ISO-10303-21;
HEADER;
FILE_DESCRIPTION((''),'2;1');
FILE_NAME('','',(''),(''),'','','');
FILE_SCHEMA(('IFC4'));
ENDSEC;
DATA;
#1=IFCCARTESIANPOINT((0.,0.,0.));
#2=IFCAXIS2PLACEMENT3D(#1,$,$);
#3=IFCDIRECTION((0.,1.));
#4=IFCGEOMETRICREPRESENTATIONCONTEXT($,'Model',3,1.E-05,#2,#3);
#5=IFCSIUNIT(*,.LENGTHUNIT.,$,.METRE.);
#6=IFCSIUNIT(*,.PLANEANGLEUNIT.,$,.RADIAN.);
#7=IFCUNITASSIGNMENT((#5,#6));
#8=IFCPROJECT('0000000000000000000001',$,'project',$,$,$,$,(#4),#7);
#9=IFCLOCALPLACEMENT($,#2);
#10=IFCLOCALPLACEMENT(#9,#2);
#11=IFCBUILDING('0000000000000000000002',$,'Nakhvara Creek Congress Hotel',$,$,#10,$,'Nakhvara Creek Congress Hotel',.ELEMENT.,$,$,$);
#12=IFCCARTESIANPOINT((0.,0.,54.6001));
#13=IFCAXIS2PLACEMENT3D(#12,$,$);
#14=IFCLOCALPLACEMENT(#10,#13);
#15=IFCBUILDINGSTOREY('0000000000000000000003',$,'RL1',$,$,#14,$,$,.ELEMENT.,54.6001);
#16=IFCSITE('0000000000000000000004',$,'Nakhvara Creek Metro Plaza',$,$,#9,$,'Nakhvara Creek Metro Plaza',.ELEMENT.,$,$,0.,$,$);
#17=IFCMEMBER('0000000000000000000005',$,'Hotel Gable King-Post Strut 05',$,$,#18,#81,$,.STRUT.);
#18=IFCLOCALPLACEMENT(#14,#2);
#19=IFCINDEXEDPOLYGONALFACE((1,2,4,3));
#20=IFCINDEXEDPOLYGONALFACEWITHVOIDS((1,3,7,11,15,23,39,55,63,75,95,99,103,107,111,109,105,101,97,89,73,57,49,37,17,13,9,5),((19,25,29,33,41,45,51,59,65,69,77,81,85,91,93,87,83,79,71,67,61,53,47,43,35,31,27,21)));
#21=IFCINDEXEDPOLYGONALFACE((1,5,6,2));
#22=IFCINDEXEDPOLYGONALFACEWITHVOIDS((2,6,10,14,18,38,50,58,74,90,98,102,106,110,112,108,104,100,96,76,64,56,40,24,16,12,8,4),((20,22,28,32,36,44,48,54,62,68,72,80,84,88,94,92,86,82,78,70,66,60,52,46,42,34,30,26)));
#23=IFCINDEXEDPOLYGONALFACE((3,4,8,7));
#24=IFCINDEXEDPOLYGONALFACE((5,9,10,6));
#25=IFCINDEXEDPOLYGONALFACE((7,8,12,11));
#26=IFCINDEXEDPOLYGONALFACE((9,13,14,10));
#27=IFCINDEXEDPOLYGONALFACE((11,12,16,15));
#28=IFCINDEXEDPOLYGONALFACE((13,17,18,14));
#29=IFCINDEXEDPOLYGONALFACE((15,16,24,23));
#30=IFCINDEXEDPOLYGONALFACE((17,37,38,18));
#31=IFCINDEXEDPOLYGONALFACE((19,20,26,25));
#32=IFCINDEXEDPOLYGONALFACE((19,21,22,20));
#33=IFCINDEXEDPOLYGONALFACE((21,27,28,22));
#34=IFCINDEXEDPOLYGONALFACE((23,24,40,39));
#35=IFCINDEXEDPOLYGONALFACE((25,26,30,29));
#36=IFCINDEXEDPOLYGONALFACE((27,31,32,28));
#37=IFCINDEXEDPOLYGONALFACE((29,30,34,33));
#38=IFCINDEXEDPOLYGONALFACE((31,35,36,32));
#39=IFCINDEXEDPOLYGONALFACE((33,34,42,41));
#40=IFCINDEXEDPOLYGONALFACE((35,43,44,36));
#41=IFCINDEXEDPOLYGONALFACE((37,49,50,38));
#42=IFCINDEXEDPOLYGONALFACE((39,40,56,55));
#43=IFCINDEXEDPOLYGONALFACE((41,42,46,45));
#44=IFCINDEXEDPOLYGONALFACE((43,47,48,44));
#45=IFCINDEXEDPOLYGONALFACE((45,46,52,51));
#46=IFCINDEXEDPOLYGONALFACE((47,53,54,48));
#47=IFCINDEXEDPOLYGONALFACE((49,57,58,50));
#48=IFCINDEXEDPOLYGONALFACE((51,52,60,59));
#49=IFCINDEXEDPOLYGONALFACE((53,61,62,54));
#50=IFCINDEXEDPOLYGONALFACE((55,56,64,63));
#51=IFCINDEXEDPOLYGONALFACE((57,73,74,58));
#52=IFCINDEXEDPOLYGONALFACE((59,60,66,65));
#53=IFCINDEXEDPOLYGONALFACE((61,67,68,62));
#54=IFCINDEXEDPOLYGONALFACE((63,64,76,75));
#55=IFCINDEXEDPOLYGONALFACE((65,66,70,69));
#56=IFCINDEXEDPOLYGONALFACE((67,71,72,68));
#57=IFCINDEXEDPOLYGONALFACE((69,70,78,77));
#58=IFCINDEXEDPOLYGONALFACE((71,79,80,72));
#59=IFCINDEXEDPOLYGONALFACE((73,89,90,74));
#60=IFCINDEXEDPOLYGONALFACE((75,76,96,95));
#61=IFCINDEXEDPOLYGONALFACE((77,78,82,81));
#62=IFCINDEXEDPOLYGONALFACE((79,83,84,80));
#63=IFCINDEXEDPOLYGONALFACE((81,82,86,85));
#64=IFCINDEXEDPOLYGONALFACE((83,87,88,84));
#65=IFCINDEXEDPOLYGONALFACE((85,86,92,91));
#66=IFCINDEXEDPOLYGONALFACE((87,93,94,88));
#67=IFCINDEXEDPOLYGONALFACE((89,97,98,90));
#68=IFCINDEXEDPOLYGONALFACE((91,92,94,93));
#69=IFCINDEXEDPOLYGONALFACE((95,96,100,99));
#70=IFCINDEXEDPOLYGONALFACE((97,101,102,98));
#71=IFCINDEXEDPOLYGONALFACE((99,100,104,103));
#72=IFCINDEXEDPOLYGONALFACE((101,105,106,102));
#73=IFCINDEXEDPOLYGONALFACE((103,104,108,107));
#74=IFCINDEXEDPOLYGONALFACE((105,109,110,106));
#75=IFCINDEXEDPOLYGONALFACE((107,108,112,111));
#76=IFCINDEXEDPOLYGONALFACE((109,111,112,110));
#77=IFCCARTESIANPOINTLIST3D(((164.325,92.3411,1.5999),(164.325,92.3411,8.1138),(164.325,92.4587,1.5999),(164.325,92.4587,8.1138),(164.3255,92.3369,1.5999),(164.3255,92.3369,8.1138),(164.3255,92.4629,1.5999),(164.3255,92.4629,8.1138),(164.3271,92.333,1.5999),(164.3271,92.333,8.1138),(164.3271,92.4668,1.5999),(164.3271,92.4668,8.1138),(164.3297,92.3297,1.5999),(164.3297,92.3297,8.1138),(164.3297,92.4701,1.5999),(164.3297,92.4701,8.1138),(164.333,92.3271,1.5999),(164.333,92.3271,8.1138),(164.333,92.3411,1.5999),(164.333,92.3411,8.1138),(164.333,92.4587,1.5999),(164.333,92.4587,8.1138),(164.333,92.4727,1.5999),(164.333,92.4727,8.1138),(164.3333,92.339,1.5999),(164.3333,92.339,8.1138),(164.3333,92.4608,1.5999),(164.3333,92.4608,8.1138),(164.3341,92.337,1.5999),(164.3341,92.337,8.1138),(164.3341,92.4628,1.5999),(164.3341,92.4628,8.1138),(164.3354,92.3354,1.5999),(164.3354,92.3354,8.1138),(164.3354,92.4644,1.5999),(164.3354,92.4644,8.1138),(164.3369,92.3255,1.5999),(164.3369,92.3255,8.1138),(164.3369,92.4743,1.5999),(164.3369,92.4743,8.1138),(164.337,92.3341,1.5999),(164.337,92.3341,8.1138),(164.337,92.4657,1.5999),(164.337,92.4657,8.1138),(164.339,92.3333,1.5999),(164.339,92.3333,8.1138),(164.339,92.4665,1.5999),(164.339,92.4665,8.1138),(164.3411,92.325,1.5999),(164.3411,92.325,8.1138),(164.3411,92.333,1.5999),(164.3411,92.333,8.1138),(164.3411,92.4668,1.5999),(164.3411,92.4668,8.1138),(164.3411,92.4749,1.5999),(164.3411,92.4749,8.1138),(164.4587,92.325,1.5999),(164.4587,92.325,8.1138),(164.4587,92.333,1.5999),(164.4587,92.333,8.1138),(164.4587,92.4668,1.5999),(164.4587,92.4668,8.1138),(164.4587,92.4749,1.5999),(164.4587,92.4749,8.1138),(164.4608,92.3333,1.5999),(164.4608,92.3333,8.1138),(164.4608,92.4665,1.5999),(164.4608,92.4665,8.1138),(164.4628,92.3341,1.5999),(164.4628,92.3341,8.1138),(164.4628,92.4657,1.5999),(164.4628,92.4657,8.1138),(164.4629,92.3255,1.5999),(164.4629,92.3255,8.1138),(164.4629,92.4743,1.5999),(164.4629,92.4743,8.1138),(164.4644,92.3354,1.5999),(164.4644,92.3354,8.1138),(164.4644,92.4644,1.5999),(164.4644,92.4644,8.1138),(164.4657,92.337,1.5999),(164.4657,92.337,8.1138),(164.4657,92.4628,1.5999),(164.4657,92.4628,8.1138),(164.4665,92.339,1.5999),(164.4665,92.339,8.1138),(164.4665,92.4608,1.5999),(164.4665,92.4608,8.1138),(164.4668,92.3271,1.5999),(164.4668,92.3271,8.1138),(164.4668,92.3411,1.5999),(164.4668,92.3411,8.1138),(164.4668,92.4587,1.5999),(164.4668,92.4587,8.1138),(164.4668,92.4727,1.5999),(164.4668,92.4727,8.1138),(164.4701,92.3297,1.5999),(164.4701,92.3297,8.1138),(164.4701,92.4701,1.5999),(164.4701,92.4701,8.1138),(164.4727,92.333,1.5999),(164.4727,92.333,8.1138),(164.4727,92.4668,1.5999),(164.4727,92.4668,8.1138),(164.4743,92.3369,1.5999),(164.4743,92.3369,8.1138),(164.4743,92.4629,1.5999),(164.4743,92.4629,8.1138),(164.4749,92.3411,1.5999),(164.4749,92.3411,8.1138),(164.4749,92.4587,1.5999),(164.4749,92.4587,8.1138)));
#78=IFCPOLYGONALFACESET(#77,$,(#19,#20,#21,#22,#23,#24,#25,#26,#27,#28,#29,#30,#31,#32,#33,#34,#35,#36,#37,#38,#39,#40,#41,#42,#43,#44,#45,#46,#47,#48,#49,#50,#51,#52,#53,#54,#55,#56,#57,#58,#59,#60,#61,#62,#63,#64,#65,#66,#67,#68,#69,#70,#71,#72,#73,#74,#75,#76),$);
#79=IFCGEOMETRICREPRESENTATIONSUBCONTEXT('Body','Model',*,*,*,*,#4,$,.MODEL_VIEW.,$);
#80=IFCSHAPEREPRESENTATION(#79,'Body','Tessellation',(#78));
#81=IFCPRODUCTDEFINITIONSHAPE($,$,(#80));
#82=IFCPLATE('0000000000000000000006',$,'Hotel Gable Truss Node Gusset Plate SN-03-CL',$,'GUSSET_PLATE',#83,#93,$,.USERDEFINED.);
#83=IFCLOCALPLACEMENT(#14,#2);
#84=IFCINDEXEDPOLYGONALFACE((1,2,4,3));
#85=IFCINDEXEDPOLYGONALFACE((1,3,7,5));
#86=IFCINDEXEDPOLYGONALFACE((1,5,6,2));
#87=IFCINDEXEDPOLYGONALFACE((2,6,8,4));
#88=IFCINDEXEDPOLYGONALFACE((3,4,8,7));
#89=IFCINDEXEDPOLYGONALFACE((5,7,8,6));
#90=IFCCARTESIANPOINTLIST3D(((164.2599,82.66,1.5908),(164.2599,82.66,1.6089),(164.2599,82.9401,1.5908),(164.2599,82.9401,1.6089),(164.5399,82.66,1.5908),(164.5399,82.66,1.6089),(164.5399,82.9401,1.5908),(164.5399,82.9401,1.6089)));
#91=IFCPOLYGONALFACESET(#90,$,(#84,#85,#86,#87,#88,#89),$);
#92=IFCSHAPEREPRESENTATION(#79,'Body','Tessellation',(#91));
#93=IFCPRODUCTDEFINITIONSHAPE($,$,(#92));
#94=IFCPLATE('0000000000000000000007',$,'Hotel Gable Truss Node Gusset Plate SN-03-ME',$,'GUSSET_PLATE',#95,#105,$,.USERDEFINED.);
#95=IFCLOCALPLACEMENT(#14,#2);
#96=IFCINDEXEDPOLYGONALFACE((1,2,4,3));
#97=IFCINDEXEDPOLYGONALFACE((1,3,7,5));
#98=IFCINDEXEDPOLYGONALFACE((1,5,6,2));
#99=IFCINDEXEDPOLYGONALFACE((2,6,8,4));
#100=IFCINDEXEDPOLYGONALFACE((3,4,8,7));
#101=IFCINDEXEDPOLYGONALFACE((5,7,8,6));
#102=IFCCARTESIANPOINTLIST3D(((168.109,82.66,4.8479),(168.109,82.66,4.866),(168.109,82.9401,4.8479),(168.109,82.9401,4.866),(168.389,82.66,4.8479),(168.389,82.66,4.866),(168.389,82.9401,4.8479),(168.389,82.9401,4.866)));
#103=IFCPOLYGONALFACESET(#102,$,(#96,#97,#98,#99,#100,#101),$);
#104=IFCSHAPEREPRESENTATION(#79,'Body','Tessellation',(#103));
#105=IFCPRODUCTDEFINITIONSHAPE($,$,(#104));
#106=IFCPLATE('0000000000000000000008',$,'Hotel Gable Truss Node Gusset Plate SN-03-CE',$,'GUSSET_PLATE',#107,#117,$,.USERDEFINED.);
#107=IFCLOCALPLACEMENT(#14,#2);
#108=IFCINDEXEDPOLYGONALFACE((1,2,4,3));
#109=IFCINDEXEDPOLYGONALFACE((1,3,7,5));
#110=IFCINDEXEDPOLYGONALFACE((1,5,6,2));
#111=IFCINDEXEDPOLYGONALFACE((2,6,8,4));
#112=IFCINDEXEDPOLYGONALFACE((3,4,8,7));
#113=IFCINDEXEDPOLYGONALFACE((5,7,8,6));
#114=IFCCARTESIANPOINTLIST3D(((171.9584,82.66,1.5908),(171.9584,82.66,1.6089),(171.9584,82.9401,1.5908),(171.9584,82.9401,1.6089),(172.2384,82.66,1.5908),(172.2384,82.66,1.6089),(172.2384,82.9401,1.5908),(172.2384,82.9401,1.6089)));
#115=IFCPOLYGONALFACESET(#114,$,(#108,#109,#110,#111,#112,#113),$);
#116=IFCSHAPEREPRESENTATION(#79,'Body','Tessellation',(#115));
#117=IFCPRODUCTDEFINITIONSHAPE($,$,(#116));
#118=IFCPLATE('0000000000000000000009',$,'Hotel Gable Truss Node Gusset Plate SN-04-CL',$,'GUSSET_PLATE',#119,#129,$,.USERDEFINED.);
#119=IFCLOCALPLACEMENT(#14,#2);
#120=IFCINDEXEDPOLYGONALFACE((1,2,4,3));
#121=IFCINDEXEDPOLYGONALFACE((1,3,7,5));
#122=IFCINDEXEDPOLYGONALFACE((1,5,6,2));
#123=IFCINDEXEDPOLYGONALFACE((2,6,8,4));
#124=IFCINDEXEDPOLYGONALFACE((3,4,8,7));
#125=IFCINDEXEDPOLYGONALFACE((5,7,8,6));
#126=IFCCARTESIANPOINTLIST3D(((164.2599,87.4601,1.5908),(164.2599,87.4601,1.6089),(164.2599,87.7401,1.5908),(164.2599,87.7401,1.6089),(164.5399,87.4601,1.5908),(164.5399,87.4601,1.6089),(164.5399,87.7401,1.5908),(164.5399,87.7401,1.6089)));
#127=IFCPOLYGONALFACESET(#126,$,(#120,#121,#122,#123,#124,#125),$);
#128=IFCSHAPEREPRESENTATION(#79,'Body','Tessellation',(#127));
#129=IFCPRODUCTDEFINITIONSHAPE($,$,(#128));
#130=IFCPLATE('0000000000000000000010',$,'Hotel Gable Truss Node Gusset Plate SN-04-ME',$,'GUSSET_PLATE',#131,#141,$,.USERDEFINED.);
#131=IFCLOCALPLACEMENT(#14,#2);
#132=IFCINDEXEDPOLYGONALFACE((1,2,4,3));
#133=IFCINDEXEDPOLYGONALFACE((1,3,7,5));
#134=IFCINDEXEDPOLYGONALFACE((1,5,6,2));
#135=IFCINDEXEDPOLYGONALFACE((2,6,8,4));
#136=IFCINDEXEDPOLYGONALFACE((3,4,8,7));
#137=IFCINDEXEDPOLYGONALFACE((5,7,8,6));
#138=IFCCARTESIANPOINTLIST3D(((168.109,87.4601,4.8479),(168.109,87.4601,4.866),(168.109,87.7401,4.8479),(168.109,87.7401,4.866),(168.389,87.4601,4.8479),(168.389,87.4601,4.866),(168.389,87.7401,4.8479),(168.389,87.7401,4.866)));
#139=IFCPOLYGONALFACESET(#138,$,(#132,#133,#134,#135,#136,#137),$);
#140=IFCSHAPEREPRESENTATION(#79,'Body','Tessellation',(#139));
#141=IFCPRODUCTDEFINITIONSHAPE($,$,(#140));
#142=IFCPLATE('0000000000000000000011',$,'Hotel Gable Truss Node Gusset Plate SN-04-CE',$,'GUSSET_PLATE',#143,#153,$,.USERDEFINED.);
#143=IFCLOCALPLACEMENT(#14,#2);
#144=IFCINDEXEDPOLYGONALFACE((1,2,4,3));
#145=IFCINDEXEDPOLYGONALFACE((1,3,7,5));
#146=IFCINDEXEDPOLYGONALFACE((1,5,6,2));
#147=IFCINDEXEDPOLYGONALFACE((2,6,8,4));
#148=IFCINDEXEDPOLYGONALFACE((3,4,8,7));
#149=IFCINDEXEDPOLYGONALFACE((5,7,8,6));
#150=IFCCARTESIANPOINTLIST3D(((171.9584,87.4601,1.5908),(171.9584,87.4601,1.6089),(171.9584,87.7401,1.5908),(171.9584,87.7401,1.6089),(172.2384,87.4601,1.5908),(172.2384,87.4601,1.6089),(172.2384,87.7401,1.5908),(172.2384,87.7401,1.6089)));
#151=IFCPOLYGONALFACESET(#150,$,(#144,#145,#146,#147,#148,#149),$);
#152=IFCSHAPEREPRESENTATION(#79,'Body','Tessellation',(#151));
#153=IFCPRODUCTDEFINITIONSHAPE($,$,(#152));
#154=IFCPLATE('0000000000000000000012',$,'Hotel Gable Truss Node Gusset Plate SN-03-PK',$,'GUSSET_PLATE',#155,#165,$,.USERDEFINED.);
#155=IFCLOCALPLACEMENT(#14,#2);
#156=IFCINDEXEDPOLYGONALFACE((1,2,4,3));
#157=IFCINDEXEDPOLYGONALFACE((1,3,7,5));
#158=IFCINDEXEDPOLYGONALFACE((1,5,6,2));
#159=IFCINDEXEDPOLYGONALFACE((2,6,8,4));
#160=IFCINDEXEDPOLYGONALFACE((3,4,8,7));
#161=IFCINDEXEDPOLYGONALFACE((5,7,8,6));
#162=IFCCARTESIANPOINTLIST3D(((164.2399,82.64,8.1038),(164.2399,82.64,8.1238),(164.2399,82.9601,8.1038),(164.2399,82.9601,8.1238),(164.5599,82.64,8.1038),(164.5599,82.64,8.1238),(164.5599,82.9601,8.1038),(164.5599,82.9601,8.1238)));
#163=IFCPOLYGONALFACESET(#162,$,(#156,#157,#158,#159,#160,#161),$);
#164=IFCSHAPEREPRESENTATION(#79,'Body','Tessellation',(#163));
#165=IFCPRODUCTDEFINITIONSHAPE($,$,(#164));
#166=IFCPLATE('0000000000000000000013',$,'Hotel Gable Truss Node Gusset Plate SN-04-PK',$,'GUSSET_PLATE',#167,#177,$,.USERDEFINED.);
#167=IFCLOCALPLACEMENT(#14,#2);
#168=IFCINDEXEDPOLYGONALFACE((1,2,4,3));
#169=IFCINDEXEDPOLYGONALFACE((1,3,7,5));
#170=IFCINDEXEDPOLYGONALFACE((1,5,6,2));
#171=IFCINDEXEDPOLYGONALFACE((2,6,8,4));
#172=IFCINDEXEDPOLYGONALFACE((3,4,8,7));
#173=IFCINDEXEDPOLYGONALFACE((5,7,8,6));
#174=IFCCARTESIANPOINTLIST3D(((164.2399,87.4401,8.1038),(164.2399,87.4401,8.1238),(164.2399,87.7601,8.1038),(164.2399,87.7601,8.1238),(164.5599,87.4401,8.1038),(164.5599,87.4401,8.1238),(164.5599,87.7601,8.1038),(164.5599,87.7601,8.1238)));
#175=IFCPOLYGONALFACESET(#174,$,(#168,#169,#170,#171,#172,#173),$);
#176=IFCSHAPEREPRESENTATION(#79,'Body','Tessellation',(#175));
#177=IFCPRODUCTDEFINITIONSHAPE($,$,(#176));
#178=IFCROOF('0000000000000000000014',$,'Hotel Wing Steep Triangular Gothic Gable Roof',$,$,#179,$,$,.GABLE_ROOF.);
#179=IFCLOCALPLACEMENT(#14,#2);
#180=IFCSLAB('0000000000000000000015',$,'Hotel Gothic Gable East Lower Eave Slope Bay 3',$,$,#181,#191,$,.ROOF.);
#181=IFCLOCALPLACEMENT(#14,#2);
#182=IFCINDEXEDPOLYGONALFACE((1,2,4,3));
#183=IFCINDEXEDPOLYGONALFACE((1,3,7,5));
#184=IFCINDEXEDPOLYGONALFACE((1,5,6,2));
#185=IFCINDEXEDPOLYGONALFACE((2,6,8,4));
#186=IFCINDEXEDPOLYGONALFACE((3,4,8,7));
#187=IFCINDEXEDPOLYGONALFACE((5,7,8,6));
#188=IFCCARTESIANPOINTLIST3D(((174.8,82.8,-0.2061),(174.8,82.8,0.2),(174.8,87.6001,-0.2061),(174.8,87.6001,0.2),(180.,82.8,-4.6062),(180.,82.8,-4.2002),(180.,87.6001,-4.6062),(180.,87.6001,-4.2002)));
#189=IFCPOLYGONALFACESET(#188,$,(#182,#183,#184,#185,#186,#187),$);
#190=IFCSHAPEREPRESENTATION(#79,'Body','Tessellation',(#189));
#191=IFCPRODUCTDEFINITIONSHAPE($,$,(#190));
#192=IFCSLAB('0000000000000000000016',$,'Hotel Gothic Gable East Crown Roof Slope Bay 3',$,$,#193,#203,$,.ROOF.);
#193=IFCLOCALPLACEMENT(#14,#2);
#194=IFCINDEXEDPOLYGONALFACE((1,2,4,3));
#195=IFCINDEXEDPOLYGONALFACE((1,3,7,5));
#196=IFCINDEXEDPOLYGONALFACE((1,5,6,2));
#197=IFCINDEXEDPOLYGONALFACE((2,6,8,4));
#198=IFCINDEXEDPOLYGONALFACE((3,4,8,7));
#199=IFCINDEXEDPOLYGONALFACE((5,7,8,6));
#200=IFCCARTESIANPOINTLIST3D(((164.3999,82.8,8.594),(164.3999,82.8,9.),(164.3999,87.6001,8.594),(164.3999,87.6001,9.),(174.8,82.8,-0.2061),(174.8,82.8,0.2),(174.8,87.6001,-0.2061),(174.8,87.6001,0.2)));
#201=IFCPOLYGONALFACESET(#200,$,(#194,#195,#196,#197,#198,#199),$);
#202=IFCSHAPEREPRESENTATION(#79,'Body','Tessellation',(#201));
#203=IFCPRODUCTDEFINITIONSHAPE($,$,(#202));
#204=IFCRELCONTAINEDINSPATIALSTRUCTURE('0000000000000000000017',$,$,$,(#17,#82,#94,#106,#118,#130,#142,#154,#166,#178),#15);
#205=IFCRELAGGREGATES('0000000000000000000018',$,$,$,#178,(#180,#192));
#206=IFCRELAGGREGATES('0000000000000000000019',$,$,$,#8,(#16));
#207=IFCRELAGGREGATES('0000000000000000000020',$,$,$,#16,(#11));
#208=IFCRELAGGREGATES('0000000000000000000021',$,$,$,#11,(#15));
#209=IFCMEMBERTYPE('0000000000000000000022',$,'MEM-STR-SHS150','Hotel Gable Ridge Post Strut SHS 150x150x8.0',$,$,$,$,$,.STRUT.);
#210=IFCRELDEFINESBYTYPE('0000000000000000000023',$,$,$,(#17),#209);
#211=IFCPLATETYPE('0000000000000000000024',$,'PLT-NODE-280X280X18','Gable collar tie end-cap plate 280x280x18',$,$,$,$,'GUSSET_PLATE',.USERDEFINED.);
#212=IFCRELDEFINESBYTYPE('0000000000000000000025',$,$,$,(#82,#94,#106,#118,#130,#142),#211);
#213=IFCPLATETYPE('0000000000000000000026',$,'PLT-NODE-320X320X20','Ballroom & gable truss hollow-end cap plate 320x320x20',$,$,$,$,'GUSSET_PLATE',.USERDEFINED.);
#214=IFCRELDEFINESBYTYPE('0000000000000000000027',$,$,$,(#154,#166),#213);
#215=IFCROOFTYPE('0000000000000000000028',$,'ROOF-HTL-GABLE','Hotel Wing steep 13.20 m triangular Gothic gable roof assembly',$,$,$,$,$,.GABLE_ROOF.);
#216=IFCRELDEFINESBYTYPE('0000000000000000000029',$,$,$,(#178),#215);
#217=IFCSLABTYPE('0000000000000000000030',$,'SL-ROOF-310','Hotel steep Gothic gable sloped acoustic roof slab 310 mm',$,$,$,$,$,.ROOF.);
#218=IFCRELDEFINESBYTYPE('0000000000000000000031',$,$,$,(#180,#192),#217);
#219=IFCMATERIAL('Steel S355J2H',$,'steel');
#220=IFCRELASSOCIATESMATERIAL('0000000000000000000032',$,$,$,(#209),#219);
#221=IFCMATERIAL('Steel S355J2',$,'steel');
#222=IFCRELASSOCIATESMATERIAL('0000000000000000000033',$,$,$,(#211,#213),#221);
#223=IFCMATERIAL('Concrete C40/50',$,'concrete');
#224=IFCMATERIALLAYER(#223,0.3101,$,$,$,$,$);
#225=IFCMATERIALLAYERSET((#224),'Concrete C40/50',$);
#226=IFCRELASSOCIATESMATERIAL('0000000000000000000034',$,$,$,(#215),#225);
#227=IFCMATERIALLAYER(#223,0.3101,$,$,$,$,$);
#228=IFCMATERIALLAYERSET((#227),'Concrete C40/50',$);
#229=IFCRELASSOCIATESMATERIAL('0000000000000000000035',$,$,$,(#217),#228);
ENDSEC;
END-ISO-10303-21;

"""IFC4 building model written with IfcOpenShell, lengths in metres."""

from ifc_helpers import new_model, si_unit, direction, frame, origin, origin_2d, place, context, subcontext, project, spatial, polyline, rectangle, hollow_rectangle, outline, extrude, material, layer, layer_set, material_profile, profile_set, type_object, element, aggregate, save


model = new_model("IFC4")

# Units and contexts
model_context = context("Model", 3, precision=1e-05, world=origin(), true_north=direction((0.0, 1.0)))
body_context = subcontext(model_context, "Body", "Model", "MODEL_VIEW")
ifc_project = project(units=[si_unit("LENGTHUNIT", "METRE"), si_unit("PLANEANGLEUNIT", "RADIAN")], contexts=[model_context])

# Site, building, storey
site_placement = place(None, origin())
site = spatial("IfcSite", under=ifc_project, at=site_placement, Name="Nakhvara Creek Metro Plaza", LongName="Nakhvara Creek Metro Plaza", CompositionType="ELEMENT", RefElevation=0.0)
building_placement = place(site_placement, origin())
building = spatial("IfcBuilding", under=site, at=building_placement, Name="Nakhvara Creek Congress Hotel", LongName="Nakhvara Creek Congress Hotel", CompositionType="ELEMENT")
storey_placement = place(building_placement, frame((0.0, 0.0, 54.6001)))
storey = spatial("IfcBuildingStorey", under=building, at=storey_placement, Name="RL1", CompositionType="ELEMENT", Elevation=54.6001)

# Shared definitions
ifc_material_1 = material(Name="Steel S355J2", Category="steel")

# Member
ifc_material_2 = material(Name="Steel S355J2H", Category="steel")
ifc_material_profile_1 = material_profile(ifc_material_2, hollow_rectangle(XDim=0.1499, YDim=0.1499, WallThickness=0.0081, InnerFilletRadius=0.0081, OuterFilletRadius=0.0161, at=origin_2d()), Name="SHS 150x150x8.0", Category="LoadBearing")
ifc_profile_set_1 = profile_set([ifc_material_profile_1], Name="Steel S355J2H")
member_type_1 = type_object("IfcMemberType", Name="MEM-STR-SHS150", Description="Hotel Gable Ridge Post Strut SHS 150x150x8.0", PredefinedType="STRUT", material=ifc_profile_set_1)
for number, where, z_axis, x_axis, name in (
    (1, (164.3999, 92.3999, 1.5999), (0.0, 0.0, 1.0), (1.0, 0.0, 0.0), "Hotel Gable King-Post Strut 05"),
):
    element("IfcMember", number, at=place(storey_placement, frame(where, z_axis=z_axis, x_axis=x_axis)), inside=storey, type_object=member_type_1, Name=name, PredefinedType="STRUT", context=body_context, shape_type="SweptSolid", body=[
        extrude(hollow_rectangle(XDim=0.1499, YDim=0.1499, WallThickness=0.0081, InnerFilletRadius=0.0081, OuterFilletRadius=0.0161, at=origin_2d()), origin(), (0.0, 0.0, 1.0), 6.5139),
    ])

# Plates
plate_type_1 = type_object("IfcPlateType", Name="PLT-NODE-280X280X18", Description="Gable collar tie end-cap plate 280x280x18", ElementType="GUSSET_PLATE", PredefinedType="USERDEFINED", material=ifc_material_1)
for number, where, z_axis, x_axis, name in (
    (2, (164.3999, 82.8, 1.5908), (0.0, 0.0, 1.0), (1.0, 0.0, 0.0), "Hotel Gable Truss Node Gusset Plate SN-03-CL"),
    (3, (168.249, 82.8, 4.8479), (0.0, 0.0, 1.0), (1.0, 0.0, 0.0), "Hotel Gable Truss Node Gusset Plate SN-03-ME"),
    (4, (172.0984, 82.8, 1.5908), (0.0, 0.0, 1.0), (1.0, 0.0, 0.0), "Hotel Gable Truss Node Gusset Plate SN-03-CE"),
    (5, (164.3999, 87.6001, 1.5908), (0.0, 0.0, 1.0), (1.0, 0.0, 0.0), "Hotel Gable Truss Node Gusset Plate SN-04-CL"),
    (6, (168.249, 87.6001, 4.8479), (0.0, 0.0, 1.0), (1.0, 0.0, 0.0), "Hotel Gable Truss Node Gusset Plate SN-04-ME"),
    (7, (172.0984, 87.6001, 1.5908), (0.0, 0.0, 1.0), (1.0, 0.0, 0.0), "Hotel Gable Truss Node Gusset Plate SN-04-CE"),
):
    element("IfcPlate", number, at=place(storey_placement, frame(where, z_axis=z_axis, x_axis=x_axis)), inside=storey, type_object=plate_type_1, Name=name, ObjectType="GUSSET_PLATE", PredefinedType="USERDEFINED", context=body_context, shape_type="SweptSolid", body=[
        extrude(rectangle(XDim=0.28, YDim=0.28, at=origin_2d()), origin(), (0.0, 0.0, 1.0), 0.0181),
    ])
plate_type_2 = type_object("IfcPlateType", Name="PLT-NODE-320X320X20", Description="Ballroom & gable truss hollow-end cap plate 320x320x20", ElementType="GUSSET_PLATE", PredefinedType="USERDEFINED", material=ifc_material_1)
for number, where, z_axis, x_axis, name in (
    (8, (164.3999, 82.8, 8.1038), (0.0, 0.0, 1.0), (1.0, 0.0, 0.0), "Hotel Gable Truss Node Gusset Plate SN-03-PK"),
    (9, (164.3999, 87.6001, 8.1038), (0.0, 0.0, 1.0), (1.0, 0.0, 0.0), "Hotel Gable Truss Node Gusset Plate SN-04-PK"),
):
    element("IfcPlate", number, at=place(storey_placement, frame(where, z_axis=z_axis, x_axis=x_axis)), inside=storey, type_object=plate_type_2, Name=name, ObjectType="GUSSET_PLATE", PredefinedType="USERDEFINED", context=body_context, shape_type="SweptSolid", body=[
        extrude(rectangle(XDim=0.3201, YDim=0.3201, at=origin_2d()), origin(), (0.0, 0.0, 1.0), 0.02),
    ])

# Roof, slabs
ifc_material_3 = material(Name="Concrete C40/50", Category="concrete")
ifc_layer_1 = layer(ifc_material_3, 0.3101)
ifc_layer_set_1 = layer_set([ifc_layer_1], Name="Concrete C40/50")
roof_type = type_object("IfcRoofType", Name="ROOF-HTL-GABLE", Description="Hotel Wing steep 13.20 m triangular Gothic gable roof assembly", PredefinedType="GABLE_ROOF", material=ifc_layer_set_1)
roof_placement = place(storey_placement, origin())
roof = element("IfcRoof", 10, at=roof_placement, inside=storey, type_object=roof_type, Name="Hotel Wing Steep Triangular Gothic Gable Roof", PredefinedType="GABLE_ROOF")
ifc_layer_2 = layer(ifc_material_3, 0.3101)
ifc_layer_set_2 = layer_set([ifc_layer_2], Name="Concrete C40/50")
slab_type = type_object("IfcSlabType", Name="SL-ROOF-310", Description="Hotel steep Gothic gable sloped acoustic roof slab 310 mm", PredefinedType="ROOF", material=ifc_layer_set_2)
slab_1_placement = place(storey_placement, frame((174.8, 82.8, 0.2), z_axis=(0.0, 0.0, 1.0), x_axis=(1.0, 0.0, 0.0)))
slab_1 = element("IfcSlab", 11, at=slab_1_placement, type_object=slab_type, Name="Hotel Gothic Gable East Lower Eave Slope Bay 3", PredefinedType="ROOF", context=body_context, shape_type="SweptSolid", body=[
    extrude(outline(polyline([(0.0, 0.0), (5.2, -4.4001), (5.2, -4.8062), (0.0, -0.406), (0.0, 0.0)])), frame((0.0, 4.8, 0.0), z_axis=(0.0, -1.0, 0.0), x_axis=(1.0, 0.0, 0.0)), (0.0, 0.0, 1.0), 4.8),
])
slab_2_placement = place(storey_placement, frame((164.3999, 82.8, 9.0), z_axis=(0.0, 0.0, 1.0), x_axis=(1.0, 0.0, 0.0)))
slab_2 = element("IfcSlab", 12, at=slab_2_placement, type_object=slab_type, Name="Hotel Gothic Gable East Crown Roof Slope Bay 3", PredefinedType="ROOF", context=body_context, shape_type="SweptSolid", body=[
    extrude(outline(polyline([(0.0, 0.0), (10.4001, -8.8), (10.4001, -9.2061), (0.0, -0.406), (0.0, 0.0)])), frame((0.0, 4.8, 0.0), z_axis=(0.0, -1.0, 0.0), x_axis=(1.0, 0.0, 0.0)), (0.0, 0.0, 1.0), 4.8),
])
aggregate(roof, [slab_1, slab_2])

save(model, "model.ifc")
